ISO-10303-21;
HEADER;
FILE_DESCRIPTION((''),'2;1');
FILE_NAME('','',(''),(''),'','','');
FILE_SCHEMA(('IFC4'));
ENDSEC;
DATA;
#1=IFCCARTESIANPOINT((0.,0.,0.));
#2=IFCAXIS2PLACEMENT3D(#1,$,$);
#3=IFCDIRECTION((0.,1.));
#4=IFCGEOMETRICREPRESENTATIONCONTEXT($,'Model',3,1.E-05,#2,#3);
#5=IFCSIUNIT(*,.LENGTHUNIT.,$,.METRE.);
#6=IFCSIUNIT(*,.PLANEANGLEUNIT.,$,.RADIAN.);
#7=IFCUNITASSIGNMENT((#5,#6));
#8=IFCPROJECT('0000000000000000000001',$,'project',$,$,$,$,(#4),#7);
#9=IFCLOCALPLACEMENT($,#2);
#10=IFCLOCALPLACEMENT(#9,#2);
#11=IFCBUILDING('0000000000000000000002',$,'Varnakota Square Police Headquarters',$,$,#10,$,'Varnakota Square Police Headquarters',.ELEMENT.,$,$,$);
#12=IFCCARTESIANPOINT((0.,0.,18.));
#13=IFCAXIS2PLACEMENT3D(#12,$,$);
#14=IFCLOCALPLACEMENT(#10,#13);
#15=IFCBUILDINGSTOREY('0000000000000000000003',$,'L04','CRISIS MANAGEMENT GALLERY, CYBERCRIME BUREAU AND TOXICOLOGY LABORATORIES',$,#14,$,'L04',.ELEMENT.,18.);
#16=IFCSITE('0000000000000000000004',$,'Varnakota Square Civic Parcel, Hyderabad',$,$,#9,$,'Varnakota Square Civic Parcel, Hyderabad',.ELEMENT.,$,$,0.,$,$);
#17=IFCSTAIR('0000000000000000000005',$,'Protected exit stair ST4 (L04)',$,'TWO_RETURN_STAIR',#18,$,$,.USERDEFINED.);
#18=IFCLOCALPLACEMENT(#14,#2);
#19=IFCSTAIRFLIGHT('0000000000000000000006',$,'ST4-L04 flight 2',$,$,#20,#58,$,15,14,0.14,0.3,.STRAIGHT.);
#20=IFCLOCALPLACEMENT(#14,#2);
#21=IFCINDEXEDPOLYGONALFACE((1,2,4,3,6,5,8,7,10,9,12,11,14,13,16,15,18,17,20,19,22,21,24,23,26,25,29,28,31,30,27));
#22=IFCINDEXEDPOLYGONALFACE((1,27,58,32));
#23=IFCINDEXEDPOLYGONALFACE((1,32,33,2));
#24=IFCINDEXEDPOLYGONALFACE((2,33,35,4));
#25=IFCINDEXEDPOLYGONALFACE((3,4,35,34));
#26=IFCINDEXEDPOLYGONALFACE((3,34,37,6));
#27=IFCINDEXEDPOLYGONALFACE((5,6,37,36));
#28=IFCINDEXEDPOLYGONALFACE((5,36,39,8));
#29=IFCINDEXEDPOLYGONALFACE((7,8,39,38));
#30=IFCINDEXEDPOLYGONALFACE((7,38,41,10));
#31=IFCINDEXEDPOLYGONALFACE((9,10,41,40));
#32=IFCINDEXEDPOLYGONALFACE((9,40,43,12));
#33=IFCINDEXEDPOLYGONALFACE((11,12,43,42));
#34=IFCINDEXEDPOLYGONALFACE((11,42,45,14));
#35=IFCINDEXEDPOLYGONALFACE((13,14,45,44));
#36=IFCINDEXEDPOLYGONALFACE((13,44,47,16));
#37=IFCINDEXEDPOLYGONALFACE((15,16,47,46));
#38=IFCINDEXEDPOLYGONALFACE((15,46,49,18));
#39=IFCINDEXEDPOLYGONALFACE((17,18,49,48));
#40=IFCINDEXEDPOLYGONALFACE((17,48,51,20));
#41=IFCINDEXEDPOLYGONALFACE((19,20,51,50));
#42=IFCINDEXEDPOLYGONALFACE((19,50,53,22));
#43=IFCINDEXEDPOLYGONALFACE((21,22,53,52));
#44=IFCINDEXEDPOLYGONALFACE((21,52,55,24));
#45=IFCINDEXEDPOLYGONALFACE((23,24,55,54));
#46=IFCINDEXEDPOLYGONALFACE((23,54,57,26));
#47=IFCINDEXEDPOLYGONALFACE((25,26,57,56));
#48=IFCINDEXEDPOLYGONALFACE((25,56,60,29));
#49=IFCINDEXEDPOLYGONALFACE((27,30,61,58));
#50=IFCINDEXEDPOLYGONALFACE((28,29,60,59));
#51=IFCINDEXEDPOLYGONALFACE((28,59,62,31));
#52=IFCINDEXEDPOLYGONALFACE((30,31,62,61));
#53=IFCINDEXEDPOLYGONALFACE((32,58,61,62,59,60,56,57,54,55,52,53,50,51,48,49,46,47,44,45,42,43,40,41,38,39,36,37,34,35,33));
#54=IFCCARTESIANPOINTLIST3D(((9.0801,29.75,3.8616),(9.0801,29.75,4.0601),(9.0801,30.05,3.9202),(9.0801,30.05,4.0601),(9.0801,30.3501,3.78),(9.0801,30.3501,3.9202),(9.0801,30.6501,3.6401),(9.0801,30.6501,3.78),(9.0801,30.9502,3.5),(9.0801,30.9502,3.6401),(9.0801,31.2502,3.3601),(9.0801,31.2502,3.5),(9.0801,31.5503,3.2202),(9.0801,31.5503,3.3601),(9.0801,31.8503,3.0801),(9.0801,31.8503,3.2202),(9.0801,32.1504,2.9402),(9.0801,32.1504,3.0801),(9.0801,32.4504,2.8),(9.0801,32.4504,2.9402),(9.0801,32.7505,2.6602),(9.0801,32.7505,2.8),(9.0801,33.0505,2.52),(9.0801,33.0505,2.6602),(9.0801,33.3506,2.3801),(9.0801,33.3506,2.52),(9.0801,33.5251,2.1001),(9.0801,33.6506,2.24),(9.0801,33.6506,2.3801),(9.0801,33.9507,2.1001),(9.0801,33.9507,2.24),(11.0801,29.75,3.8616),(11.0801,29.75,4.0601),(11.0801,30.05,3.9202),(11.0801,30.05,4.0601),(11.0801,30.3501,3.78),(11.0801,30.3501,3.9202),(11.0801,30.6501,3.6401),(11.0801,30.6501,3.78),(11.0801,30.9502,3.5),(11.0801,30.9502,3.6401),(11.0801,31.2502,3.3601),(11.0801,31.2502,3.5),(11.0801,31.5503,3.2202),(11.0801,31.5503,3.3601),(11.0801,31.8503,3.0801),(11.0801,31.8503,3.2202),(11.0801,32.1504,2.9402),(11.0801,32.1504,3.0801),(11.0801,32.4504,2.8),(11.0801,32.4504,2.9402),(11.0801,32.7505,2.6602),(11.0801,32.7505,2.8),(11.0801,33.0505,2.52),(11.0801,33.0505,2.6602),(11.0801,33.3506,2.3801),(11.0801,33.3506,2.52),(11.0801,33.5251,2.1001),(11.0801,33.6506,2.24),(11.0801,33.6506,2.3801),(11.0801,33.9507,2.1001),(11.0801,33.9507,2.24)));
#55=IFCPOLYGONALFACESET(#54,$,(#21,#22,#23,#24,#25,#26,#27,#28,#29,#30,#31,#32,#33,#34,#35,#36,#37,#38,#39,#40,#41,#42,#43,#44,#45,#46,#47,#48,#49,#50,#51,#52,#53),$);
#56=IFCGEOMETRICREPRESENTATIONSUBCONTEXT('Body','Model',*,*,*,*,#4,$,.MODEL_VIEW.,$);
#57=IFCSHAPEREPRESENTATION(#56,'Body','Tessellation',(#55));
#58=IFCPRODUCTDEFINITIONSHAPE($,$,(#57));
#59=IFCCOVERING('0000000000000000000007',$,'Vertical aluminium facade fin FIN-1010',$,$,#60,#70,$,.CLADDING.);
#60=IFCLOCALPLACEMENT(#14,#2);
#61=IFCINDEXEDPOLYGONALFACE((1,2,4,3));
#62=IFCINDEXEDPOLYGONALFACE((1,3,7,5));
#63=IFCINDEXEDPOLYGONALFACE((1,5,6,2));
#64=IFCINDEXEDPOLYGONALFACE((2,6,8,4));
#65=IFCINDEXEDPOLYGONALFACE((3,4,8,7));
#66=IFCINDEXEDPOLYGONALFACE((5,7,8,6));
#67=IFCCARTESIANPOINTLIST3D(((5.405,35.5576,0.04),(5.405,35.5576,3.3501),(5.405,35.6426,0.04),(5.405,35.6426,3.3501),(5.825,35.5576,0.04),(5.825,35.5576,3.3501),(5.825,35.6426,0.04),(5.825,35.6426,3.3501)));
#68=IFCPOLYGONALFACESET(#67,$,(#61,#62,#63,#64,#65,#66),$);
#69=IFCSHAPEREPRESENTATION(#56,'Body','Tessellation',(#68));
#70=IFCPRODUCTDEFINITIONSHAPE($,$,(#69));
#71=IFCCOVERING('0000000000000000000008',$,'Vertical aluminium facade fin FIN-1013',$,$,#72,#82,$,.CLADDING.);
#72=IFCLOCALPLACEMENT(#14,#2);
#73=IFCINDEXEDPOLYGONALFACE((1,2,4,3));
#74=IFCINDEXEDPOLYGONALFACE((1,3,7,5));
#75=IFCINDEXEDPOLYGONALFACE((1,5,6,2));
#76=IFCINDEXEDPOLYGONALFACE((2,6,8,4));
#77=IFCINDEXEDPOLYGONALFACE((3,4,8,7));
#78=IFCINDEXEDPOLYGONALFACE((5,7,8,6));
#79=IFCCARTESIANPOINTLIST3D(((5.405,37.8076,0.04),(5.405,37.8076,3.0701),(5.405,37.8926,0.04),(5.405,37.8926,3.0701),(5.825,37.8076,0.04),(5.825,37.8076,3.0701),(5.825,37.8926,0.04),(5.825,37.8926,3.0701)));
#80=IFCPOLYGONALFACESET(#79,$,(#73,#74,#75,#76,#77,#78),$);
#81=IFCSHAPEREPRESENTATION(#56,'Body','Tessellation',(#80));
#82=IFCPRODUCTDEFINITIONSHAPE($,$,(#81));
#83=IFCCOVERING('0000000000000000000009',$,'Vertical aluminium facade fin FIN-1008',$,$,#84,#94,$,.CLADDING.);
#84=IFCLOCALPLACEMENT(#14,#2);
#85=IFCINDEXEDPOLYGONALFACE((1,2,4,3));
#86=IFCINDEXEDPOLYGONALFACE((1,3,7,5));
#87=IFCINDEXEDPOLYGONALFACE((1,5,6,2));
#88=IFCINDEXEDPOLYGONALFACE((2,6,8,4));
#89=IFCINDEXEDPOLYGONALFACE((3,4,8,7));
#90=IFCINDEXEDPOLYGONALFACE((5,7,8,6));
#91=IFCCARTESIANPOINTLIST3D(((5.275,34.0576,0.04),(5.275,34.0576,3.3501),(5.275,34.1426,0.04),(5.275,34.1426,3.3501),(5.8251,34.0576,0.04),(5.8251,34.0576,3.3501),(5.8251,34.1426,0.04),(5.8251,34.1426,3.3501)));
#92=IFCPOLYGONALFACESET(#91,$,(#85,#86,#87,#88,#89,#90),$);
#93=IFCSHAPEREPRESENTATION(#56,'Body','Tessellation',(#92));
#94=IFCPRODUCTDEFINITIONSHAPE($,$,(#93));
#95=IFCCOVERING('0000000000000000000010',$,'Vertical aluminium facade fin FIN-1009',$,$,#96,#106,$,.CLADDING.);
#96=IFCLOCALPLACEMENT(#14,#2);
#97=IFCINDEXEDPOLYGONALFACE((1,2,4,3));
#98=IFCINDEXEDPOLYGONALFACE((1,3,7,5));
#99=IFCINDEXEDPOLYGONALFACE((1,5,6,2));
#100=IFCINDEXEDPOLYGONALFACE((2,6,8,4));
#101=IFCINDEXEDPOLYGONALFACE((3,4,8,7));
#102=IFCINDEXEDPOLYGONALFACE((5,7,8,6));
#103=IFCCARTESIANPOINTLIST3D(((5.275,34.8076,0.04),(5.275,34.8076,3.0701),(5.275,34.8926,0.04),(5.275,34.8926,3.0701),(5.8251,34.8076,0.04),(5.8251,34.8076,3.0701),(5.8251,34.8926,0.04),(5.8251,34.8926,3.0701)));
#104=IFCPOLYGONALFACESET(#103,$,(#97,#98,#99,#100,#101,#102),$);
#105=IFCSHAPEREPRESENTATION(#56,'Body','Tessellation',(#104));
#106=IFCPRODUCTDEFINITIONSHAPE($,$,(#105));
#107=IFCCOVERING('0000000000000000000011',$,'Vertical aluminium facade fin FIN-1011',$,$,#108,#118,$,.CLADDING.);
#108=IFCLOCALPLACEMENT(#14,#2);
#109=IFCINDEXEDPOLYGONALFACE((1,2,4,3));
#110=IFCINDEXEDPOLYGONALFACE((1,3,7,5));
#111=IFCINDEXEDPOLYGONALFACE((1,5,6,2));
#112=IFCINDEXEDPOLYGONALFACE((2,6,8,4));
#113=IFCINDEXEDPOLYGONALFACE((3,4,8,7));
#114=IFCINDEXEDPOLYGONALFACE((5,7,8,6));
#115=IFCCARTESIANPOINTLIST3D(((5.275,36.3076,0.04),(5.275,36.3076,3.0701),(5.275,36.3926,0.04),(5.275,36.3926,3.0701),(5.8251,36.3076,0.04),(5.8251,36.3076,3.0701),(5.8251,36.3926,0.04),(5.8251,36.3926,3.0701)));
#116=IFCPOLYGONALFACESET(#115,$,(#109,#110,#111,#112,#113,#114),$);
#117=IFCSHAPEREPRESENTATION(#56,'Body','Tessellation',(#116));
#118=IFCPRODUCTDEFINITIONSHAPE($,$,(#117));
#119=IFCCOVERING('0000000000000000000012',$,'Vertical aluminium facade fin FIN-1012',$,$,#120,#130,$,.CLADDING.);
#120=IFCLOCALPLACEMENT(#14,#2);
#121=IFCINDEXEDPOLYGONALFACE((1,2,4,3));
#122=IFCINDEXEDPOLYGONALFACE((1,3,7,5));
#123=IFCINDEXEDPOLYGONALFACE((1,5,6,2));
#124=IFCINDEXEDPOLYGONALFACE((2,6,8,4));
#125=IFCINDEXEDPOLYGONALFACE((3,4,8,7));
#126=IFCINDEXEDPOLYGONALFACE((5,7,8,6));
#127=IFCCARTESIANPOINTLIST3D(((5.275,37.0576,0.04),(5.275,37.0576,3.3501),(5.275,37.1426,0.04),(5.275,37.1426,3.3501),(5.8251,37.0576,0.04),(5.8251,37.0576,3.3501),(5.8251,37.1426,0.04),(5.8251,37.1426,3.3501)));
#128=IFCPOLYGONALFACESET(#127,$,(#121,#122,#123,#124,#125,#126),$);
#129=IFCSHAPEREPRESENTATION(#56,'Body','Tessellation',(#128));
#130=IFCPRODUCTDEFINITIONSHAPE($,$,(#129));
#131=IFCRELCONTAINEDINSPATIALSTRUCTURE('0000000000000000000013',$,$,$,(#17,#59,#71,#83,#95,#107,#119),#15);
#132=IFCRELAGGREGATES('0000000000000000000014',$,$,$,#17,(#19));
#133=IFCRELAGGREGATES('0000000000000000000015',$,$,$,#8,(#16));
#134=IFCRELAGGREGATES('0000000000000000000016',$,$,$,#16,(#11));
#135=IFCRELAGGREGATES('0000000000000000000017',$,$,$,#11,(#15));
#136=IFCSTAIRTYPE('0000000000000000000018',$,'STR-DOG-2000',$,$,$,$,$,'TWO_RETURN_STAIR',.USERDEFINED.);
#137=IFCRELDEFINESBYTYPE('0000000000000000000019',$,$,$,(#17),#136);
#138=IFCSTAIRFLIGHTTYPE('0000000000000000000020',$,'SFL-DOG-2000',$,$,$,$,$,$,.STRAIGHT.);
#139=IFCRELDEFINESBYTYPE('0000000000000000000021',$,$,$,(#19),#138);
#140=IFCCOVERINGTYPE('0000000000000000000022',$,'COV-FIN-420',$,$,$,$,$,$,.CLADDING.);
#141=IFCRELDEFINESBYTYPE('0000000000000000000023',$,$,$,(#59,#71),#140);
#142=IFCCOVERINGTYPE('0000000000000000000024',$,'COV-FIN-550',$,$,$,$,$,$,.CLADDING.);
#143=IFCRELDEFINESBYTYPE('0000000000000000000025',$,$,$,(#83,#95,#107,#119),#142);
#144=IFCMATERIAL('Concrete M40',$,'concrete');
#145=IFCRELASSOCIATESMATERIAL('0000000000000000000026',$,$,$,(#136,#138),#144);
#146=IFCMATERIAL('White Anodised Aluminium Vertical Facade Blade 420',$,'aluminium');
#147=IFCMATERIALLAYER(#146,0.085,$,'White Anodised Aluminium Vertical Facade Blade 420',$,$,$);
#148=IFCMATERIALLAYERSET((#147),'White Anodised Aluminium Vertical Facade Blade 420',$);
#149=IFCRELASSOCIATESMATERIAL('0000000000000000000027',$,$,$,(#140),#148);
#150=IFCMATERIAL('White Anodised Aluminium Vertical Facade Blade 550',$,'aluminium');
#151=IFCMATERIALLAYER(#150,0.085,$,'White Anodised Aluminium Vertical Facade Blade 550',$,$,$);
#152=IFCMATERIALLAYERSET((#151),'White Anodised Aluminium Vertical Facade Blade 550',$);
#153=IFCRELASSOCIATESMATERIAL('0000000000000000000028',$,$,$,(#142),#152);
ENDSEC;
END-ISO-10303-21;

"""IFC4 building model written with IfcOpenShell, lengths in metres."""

from ifc_helpers import new_model, si_unit, direction, frame, origin, origin_2d, place, context, subcontext, project, spatial, polyline, rectangle, outline, extrude, material, layer, layer_set, type_object, element, aggregate, save


model = new_model("IFC4")

# Units and contexts
model_context = context("Model", 3, precision=1e-05, world=origin(), true_north=direction((0.0, 1.0)))
body_context = subcontext(model_context, "Body", "Model", "MODEL_VIEW")
ifc_project = project(units=[si_unit("LENGTHUNIT", "METRE"), si_unit("PLANEANGLEUNIT", "RADIAN")], contexts=[model_context])

# Site, building, storey
site_placement = place(None, origin())
site = spatial("IfcSite", under=ifc_project, at=site_placement, Name="Varnakota Square Civic Parcel, Hyderabad", LongName="Varnakota Square Civic Parcel, Hyderabad", CompositionType="ELEMENT", RefElevation=0.0)
building_placement = place(site_placement, origin())
building = spatial("IfcBuilding", under=site, at=building_placement, Name="Varnakota Square Police Headquarters", LongName="Varnakota Square Police Headquarters", CompositionType="ELEMENT")
storey_placement = place(building_placement, frame((0.0, 0.0, 18.0)))
storey = spatial("IfcBuildingStorey", under=building, at=storey_placement, Name="L04", Description="CRISIS MANAGEMENT GALLERY, CYBERCRIME BUREAU AND TOXICOLOGY LABORATORIES", LongName="L04", CompositionType="ELEMENT", Elevation=18.0)

# Shared definitions
ifc_material_1 = material(Name="Concrete M40", Category="concrete")

# Stair, stair flight
stair_type = type_object("IfcStairType", Name="STR-DOG-2000", ElementType="TWO_RETURN_STAIR", PredefinedType="USERDEFINED", material=ifc_material_1)
stair_placement = place(storey_placement, origin())
stair = element("IfcStair", 1, at=stair_placement, inside=storey, type_object=stair_type, Name="Protected exit stair ST4 (L04)", ObjectType="TWO_RETURN_STAIR", PredefinedType="USERDEFINED")
stair_flight_type = type_object("IfcStairFlightType", Name="SFL-DOG-2000", PredefinedType="STRAIGHT", material=ifc_material_1)
stair_flight_1_placement = place(storey_placement, frame((10.0801, 33.9507, 2.1001), z_axis=(0.0, 0.0, 1.0), x_axis=(0.0, -1.0, 0.0)))
stair_flight_1 = element("IfcStairFlight", 2, at=stair_flight_1_placement, type_object=stair_flight_type, Name="ST4-L04 flight 2", NumberOfRisers=15, NumberOfTreads=14, PredefinedType="STRAIGHT", RiserHeight=0.14, TreadLength=0.3, context=body_context, shape_type="SweptSolid", body=[
    extrude(outline(polyline([(0.0, 0.0), (0.0, 0.1399), (0.3, 0.1399), (0.3, 0.28), (0.6001, 0.28), (0.6001, 0.4199), (0.9001, 0.4199), (0.9001, 0.5601), (1.2002, 0.5601), (1.2002, 0.7), (1.5002, 0.7), (1.5002, 0.8401), (1.8003, 0.8401), (1.8003, 0.98), (2.1003, 0.98), (2.1003, 1.1201), (2.4004, 1.1201), (2.4004, 1.26), (2.7004, 1.26), (2.7004, 1.3999), (3.0005, 1.3999), (3.0005, 1.54), (3.3005, 1.54), (3.3005, 1.6799), (3.6006, 1.6799), (3.6006, 1.8201), (3.9006, 1.8201), (3.9006, 1.96), (4.2007, 1.96), (4.2007, 2.1001), (4.2007, 1.7615), (0.4255, 0.0), (0.0, 0.0)])), frame((0.0, 1.0, 0.0), z_axis=(0.0, -1.0, 0.0), x_axis=(1.0, 0.0, 0.0)), (0.0, 0.0, 1.0), 2.0),
])
aggregate(stair, [stair_flight_1])

# Coverings
ifc_material_2 = material(Name="White Anodised Aluminium Vertical Facade Blade 420", Category="aluminium")
ifc_layer_1 = layer(ifc_material_2, 0.085, Name="White Anodised Aluminium Vertical Facade Blade 420")
ifc_layer_set_1 = layer_set([ifc_layer_1], Name="White Anodised Aluminium Vertical Facade Blade 420")
covering_type_1 = type_object("IfcCoveringType", Name="COV-FIN-420", PredefinedType="CLADDING", material=ifc_layer_set_1)
covering_1_placement = place(storey_placement, frame((5.615, 35.6001, 0.04), z_axis=(0.0, 0.0, 1.0), x_axis=(0.0, 1.0, 0.0)))
element("IfcCovering", 3, at=covering_1_placement, inside=storey, type_object=covering_type_1, Name="Vertical aluminium facade fin FIN-1010", PredefinedType="CLADDING", context=body_context, shape_type="SweptSolid", body=[
    extrude(rectangle(XDim=0.085, YDim=0.4199, at=origin_2d()), origin(), (0.0, 0.0, 1.0), 3.3101),
])
covering_2_placement = place(storey_placement, frame((5.615, 37.8501, 0.04), z_axis=(0.0, 0.0, 1.0), x_axis=(0.0, 1.0, 0.0)))
element("IfcCovering", 4, at=covering_2_placement, inside=storey, type_object=covering_type_1, Name="Vertical aluminium facade fin FIN-1013", PredefinedType="CLADDING", context=body_context, shape_type="SweptSolid", body=[
    extrude(rectangle(XDim=0.085, YDim=0.4199, at=origin_2d()), origin(), (0.0, 0.0, 1.0), 3.03),
])
ifc_material_3 = material(Name="White Anodised Aluminium Vertical Facade Blade 550", Category="aluminium")
ifc_layer_2 = layer(ifc_material_3, 0.085, Name="White Anodised Aluminium Vertical Facade Blade 550")
ifc_layer_set_2 = layer_set([ifc_layer_2], Name="White Anodised Aluminium Vertical Facade Blade 550")
covering_type_2 = type_object("IfcCoveringType", Name="COV-FIN-550", PredefinedType="CLADDING", material=ifc_layer_set_2)
covering_3_placement = place(storey_placement, frame((5.55, 34.1001, 0.04), z_axis=(0.0, 0.0, 1.0), x_axis=(0.0, 1.0, 0.0)))
element("IfcCovering", 5, at=covering_3_placement, inside=storey, type_object=covering_type_2, Name="Vertical aluminium facade fin FIN-1008", PredefinedType="CLADDING", context=body_context, shape_type="SweptSolid", body=[
    extrude(rectangle(XDim=0.085, YDim=0.55, at=origin_2d()), origin(), (0.0, 0.0, 1.0), 3.3101),
])
for number, where, z_axis, x_axis, name in (
    (6, (5.55, 34.8501, 0.04), (0.0, 0.0, 1.0), (0.0, 1.0, 0.0), "Vertical aluminium facade fin FIN-1009"),
    (7, (5.55, 36.3501, 0.04), (0.0, 0.0, 1.0), (0.0, 1.0, 0.0), "Vertical aluminium facade fin FIN-1011"),
):
    element("IfcCovering", number, at=place(storey_placement, frame(where, z_axis=z_axis, x_axis=x_axis)), inside=storey, type_object=covering_type_2, Name=name, PredefinedType="CLADDING", context=body_context, shape_type="SweptSolid", body=[
        extrude(rectangle(XDim=0.085, YDim=0.55, at=origin_2d()), origin(), (0.0, 0.0, 1.0), 3.03),
    ])
covering_4_placement = place(storey_placement, frame((5.55, 37.1001, 0.04), z_axis=(0.0, 0.0, 1.0), x_axis=(0.0, 1.0, 0.0)))
element("IfcCovering", 8, at=covering_4_placement, inside=storey, type_object=covering_type_2, Name="Vertical aluminium facade fin FIN-1012", PredefinedType="CLADDING", context=body_context, shape_type="SweptSolid", body=[
    extrude(rectangle(XDim=0.085, YDim=0.55, at=origin_2d()), origin(), (0.0, 0.0, 1.0), 3.3101),
])

save(model, "model.ifc")
